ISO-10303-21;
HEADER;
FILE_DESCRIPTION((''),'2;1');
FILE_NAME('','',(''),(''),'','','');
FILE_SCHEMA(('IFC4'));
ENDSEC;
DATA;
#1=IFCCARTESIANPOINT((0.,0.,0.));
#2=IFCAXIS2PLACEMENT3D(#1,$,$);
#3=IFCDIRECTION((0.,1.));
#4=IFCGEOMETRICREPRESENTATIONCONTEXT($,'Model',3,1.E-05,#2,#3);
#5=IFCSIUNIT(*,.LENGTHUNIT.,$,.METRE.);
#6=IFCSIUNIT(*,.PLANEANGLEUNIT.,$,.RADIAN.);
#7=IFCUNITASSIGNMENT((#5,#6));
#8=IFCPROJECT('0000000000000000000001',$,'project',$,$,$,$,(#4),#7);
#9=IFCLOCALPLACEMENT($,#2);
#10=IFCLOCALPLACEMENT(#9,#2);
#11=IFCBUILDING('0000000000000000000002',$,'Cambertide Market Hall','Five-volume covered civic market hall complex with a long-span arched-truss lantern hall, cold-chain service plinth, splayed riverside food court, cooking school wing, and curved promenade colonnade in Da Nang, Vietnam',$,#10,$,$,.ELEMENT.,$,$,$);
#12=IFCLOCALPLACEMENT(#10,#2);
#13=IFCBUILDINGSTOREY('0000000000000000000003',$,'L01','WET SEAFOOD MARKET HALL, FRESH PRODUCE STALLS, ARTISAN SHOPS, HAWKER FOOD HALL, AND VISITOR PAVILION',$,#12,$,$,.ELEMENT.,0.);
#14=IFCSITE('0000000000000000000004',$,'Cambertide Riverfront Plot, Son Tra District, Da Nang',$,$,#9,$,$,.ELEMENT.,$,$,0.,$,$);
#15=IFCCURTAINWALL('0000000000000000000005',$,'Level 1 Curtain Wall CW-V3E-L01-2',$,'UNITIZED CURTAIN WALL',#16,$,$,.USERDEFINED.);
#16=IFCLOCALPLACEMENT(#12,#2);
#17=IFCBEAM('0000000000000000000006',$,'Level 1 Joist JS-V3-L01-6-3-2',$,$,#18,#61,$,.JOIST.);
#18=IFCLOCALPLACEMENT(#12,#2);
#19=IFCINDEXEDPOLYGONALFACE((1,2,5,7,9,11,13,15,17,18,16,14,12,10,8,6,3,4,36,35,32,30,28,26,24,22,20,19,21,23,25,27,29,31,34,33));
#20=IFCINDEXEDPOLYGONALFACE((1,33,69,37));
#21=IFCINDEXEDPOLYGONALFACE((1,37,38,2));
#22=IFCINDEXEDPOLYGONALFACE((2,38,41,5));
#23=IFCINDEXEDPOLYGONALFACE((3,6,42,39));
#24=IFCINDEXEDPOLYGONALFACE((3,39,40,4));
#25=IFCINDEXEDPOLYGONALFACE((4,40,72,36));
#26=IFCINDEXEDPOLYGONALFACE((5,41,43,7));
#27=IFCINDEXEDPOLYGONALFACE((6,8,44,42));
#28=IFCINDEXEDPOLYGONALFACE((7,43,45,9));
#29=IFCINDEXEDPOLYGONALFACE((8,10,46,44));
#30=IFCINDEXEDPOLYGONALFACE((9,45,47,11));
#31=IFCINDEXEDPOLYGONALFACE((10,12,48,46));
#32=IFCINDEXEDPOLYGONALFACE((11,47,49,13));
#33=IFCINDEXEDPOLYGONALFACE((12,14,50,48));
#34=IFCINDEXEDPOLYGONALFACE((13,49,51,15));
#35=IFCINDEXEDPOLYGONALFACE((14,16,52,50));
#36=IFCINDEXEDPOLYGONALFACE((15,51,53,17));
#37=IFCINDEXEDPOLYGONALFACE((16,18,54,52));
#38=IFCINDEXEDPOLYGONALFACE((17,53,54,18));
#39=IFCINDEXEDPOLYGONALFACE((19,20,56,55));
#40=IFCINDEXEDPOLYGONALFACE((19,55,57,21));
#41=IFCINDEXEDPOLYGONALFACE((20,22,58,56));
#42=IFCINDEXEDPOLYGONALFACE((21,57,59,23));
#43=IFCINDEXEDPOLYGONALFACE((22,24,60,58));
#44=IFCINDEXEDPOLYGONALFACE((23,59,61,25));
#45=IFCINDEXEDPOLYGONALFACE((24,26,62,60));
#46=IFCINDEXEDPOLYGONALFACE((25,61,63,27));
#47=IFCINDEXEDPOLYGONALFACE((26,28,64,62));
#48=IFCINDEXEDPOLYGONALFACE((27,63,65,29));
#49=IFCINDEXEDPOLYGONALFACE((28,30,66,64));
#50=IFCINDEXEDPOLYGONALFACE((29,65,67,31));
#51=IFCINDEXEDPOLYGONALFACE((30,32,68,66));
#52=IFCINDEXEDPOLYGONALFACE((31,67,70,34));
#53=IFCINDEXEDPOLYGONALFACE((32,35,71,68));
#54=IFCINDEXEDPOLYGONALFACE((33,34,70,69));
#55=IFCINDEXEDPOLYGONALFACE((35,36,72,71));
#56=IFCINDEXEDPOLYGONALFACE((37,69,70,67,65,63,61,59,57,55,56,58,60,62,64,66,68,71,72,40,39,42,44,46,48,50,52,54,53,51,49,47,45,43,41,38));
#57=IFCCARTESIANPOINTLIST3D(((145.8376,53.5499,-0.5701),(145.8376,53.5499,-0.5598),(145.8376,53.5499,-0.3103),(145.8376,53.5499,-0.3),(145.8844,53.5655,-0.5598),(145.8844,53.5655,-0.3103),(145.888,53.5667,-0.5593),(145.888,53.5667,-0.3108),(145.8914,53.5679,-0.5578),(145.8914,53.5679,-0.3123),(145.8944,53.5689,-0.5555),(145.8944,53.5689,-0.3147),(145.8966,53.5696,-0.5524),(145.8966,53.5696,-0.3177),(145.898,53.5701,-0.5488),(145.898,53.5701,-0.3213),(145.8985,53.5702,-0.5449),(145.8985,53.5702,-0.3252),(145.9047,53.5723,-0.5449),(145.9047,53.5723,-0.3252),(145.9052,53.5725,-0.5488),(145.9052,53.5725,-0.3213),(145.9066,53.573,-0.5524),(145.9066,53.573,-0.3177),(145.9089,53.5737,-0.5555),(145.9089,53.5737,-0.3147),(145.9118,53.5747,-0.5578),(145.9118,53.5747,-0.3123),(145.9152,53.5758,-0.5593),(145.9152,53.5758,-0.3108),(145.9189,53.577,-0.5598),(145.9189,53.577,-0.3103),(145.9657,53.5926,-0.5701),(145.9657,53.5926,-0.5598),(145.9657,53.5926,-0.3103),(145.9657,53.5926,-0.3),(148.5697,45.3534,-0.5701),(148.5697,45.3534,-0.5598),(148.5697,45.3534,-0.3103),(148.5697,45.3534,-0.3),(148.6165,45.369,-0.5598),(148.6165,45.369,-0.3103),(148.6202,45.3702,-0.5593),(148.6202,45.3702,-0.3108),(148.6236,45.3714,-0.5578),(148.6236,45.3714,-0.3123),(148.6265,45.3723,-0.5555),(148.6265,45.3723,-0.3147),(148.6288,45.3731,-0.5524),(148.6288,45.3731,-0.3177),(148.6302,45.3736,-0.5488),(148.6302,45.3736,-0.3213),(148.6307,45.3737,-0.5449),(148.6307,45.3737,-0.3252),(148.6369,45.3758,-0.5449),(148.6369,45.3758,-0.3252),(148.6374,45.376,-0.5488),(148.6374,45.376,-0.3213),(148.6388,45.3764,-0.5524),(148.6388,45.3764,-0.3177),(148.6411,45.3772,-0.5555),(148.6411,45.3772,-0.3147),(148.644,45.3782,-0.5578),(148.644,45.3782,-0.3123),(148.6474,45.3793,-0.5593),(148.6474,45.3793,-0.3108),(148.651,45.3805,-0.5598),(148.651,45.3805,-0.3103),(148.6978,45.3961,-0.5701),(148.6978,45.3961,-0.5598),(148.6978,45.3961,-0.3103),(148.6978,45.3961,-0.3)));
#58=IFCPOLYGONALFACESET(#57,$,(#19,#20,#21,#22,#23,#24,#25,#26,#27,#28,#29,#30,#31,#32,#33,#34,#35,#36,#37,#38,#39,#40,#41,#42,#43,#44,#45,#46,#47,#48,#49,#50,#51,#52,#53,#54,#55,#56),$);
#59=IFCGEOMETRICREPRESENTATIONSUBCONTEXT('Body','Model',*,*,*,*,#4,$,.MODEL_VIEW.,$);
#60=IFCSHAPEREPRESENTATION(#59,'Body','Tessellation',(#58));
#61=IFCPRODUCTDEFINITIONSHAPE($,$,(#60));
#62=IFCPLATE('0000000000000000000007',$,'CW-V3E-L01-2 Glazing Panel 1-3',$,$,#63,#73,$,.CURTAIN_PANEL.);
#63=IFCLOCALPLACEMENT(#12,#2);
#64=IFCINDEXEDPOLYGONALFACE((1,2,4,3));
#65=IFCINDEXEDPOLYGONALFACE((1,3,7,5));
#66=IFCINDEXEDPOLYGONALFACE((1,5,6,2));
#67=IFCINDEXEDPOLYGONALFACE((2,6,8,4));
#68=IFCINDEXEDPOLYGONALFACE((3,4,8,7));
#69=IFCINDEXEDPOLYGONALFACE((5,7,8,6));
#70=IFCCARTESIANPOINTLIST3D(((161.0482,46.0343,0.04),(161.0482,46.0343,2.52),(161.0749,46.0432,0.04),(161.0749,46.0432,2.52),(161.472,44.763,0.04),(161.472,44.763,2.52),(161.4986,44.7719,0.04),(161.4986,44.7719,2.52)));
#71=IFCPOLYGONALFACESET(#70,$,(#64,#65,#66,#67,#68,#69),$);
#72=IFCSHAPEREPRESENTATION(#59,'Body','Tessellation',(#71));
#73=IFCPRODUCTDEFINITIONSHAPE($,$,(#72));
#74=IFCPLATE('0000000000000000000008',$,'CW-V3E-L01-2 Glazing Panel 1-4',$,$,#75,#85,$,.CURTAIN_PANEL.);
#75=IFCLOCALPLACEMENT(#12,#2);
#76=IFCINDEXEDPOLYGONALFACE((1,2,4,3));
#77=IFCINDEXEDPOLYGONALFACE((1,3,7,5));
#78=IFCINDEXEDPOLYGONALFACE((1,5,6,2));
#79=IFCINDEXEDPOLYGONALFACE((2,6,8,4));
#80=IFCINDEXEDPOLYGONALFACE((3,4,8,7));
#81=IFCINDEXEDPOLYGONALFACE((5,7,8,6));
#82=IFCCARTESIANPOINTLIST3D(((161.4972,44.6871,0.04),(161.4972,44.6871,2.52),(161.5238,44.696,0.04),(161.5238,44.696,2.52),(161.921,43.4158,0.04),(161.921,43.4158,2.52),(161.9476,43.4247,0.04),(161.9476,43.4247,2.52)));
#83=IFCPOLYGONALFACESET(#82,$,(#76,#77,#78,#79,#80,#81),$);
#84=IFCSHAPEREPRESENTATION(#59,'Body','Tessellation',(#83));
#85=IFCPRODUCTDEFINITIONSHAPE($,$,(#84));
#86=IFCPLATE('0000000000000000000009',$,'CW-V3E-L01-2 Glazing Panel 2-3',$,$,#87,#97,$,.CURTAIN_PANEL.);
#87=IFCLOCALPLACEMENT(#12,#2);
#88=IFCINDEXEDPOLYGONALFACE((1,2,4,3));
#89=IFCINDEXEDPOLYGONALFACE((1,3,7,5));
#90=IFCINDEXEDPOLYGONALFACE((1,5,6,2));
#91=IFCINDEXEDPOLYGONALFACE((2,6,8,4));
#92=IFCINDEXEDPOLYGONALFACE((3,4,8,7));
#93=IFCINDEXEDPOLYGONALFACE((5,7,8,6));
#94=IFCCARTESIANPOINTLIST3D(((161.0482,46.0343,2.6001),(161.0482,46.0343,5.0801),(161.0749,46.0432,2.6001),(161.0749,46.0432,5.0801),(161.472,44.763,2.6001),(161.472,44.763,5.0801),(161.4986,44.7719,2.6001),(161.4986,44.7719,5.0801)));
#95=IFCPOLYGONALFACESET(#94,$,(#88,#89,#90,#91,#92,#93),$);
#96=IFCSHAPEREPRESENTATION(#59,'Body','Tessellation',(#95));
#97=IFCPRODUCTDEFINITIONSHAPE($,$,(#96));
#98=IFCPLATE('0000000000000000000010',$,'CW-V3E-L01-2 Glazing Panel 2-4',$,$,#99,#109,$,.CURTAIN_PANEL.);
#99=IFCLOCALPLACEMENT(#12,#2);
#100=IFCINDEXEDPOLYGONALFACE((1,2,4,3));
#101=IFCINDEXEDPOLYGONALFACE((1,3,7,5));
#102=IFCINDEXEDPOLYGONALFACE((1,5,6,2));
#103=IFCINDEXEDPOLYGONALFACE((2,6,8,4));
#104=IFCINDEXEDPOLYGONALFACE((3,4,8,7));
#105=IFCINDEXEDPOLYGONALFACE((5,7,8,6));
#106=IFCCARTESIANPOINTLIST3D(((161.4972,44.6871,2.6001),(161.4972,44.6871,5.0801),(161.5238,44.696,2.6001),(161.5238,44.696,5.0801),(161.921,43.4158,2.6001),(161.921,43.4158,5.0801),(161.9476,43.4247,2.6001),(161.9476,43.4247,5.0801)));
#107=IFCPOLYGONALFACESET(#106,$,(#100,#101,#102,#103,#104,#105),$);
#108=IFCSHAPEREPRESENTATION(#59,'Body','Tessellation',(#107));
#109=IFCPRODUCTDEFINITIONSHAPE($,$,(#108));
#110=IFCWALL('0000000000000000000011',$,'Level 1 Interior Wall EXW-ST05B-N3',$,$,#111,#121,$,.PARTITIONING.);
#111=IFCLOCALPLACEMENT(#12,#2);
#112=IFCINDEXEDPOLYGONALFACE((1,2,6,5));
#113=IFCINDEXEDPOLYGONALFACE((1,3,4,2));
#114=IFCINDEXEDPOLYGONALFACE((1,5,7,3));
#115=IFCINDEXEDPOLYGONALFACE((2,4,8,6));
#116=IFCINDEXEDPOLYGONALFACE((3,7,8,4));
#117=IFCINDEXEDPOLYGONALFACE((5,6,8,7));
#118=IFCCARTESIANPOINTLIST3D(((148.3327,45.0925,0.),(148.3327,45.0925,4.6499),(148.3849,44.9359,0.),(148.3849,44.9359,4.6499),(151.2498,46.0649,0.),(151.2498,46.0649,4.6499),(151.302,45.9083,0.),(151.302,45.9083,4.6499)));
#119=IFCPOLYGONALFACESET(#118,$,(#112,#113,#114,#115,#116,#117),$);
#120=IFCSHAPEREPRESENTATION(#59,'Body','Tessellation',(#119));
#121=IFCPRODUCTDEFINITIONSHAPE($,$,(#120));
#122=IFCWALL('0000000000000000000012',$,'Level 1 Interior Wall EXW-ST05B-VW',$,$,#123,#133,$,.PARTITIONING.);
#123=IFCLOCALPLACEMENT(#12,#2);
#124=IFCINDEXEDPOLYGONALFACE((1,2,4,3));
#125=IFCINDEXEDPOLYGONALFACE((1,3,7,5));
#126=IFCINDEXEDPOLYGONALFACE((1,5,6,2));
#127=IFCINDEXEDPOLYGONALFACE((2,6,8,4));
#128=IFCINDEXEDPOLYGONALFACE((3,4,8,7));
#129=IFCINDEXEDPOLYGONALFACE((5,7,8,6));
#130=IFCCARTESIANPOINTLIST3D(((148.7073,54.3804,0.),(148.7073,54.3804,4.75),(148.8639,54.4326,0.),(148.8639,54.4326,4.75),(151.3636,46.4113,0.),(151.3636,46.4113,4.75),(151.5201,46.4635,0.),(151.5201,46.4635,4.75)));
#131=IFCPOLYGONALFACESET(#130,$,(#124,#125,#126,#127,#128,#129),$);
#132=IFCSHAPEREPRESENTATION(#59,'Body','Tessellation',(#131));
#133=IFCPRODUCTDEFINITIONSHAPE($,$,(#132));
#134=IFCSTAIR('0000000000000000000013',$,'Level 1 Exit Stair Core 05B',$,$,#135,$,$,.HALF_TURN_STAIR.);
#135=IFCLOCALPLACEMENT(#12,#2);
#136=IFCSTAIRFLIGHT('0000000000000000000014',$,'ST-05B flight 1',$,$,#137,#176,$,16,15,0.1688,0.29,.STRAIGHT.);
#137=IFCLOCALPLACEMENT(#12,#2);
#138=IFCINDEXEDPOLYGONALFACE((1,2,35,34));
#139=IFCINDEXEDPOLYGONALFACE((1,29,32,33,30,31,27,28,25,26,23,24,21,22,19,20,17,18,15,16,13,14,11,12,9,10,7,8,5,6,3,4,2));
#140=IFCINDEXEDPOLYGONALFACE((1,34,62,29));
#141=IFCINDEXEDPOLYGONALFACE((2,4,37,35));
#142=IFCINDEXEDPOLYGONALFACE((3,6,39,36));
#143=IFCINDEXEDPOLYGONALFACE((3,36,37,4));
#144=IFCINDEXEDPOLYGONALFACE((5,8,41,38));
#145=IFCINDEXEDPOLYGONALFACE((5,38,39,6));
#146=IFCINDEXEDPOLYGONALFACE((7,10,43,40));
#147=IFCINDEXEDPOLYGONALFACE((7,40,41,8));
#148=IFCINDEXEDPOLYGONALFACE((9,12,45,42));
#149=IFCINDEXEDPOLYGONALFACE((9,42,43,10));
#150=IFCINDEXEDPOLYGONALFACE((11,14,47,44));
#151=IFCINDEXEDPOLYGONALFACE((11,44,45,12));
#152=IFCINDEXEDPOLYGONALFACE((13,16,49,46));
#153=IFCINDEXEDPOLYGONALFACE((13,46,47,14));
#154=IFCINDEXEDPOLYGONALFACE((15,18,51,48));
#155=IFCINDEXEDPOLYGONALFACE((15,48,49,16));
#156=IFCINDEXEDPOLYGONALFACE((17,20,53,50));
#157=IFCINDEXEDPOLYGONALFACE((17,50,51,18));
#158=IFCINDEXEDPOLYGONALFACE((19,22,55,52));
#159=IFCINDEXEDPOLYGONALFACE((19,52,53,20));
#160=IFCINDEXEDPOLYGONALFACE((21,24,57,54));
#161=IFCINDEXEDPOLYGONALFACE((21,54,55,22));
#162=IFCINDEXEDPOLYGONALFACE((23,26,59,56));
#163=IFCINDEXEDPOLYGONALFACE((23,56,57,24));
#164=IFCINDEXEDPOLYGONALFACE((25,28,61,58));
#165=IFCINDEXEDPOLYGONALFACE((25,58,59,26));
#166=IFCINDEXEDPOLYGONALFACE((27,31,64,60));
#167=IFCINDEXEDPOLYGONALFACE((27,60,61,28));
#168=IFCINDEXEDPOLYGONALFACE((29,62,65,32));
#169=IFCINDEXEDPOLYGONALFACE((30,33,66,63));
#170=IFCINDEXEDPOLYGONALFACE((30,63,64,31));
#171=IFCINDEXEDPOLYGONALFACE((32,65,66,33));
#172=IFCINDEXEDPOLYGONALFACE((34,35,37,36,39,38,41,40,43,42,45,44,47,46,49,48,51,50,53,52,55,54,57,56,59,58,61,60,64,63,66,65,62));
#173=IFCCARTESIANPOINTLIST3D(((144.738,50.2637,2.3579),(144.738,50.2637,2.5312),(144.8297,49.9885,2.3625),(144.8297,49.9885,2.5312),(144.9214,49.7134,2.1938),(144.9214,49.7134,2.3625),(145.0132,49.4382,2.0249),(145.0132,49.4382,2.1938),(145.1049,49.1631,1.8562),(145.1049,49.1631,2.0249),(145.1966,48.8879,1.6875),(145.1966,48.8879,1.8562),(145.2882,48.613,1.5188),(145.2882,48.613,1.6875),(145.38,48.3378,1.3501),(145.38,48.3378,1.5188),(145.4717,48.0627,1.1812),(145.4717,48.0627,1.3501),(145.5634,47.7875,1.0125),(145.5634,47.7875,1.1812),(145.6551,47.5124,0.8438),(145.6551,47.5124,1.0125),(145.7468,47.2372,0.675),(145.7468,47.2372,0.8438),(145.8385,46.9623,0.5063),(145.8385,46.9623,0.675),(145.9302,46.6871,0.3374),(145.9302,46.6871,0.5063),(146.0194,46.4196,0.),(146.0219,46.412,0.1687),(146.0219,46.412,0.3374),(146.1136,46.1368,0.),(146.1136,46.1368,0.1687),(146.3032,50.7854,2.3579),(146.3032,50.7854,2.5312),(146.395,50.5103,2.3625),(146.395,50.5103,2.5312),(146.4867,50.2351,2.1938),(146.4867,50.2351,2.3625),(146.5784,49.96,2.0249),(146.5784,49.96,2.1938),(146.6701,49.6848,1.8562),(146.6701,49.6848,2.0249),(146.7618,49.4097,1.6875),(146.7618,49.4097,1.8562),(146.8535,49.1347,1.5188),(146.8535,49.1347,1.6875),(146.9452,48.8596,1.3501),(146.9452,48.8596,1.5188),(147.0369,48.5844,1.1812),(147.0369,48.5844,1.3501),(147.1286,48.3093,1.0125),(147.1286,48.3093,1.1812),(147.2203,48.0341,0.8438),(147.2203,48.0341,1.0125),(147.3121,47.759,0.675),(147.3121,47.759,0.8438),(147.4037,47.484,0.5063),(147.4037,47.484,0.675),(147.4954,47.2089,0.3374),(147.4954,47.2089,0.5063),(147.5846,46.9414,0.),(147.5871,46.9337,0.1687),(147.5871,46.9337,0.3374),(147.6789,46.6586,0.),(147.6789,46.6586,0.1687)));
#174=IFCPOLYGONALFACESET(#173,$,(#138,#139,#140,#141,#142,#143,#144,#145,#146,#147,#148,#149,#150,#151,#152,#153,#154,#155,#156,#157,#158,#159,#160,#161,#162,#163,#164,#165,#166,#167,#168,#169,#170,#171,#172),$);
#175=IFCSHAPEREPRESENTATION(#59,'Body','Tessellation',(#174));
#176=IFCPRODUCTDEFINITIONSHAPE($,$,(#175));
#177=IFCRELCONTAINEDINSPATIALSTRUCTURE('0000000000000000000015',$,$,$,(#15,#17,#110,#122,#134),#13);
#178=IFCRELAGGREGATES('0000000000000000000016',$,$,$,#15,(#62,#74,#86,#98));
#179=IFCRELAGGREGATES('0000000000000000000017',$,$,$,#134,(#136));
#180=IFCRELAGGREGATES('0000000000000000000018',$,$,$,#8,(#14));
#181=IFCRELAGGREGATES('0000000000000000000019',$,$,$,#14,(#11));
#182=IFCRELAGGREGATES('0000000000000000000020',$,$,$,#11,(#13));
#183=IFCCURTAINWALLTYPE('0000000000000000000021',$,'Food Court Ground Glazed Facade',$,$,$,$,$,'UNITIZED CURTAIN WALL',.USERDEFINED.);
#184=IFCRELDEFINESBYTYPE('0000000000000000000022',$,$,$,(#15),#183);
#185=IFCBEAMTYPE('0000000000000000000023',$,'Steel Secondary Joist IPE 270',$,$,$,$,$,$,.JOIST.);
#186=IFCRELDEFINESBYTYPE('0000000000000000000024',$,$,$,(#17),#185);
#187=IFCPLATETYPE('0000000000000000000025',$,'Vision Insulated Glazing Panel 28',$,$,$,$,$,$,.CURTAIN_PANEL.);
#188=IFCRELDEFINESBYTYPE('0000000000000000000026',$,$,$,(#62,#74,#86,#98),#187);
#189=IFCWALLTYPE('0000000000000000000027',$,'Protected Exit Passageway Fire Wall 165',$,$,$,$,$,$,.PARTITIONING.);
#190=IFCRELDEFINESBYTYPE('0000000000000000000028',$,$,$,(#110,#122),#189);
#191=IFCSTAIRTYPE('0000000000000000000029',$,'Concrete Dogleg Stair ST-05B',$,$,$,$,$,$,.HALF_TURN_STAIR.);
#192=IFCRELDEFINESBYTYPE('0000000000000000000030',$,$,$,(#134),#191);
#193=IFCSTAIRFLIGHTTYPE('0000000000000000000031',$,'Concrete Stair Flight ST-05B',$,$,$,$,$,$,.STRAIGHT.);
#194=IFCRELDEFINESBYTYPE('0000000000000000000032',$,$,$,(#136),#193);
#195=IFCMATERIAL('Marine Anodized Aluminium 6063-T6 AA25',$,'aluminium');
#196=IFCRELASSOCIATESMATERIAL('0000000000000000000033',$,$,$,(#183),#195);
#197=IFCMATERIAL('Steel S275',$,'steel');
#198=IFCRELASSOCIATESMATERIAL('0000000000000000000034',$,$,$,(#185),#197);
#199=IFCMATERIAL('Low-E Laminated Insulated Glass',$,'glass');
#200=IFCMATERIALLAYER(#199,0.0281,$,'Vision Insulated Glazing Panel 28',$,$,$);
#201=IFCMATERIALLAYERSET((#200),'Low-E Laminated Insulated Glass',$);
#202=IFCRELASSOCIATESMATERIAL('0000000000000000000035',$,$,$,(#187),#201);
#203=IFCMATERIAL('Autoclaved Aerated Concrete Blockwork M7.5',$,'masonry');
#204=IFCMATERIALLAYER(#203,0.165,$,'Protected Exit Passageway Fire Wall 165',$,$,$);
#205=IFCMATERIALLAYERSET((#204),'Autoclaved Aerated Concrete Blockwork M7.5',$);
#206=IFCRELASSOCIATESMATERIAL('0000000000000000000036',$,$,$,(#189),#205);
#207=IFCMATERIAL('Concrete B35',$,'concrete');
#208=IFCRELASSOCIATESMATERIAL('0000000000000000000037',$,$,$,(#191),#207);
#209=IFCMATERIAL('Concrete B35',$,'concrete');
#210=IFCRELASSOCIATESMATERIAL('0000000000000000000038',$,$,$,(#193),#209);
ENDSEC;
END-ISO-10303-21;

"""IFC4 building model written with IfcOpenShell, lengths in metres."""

from ifc_helpers import new_model, si_unit, direction, frame, frame_2d, origin, origin_2d, place, context, subcontext, project, spatial, polyline, rectangle, i_section, outline, extrude, material, layer, layer_set, material_profile, profile_set, type_object, element, aggregate, save


model = new_model("IFC4")

# Units and contexts
model_context = context("Model", 3, precision=1e-05, world=origin(), true_north=direction((0.0, 1.0)))
body_context = subcontext(model_context, "Body", "Model", "MODEL_VIEW")
ifc_project = project(units=[si_unit("LENGTHUNIT", "METRE"), si_unit("PLANEANGLEUNIT", "RADIAN")], contexts=[model_context])

# Site, building, storey
site_placement = place(None, origin())
site = spatial("IfcSite", under=ifc_project, at=site_placement, Name="Cambertide Riverfront Plot, Son Tra District, Da Nang", CompositionType="ELEMENT", RefElevation=0.0)
building_placement = place(site_placement, origin())
building = spatial("IfcBuilding", under=site, at=building_placement, Name="Cambertide Market Hall", Description="Five-volume covered civic market hall complex with a long-span arched-truss lantern hall, cold-chain service plinth, splayed riverside food court, cooking school wing, and curved promenade colonnade in Da Nang, Vietnam", CompositionType="ELEMENT")
storey_placement = place(building_placement, origin())
storey = spatial("IfcBuildingStorey", under=building, at=storey_placement, Name="L01", Description="WET SEAFOOD MARKET HALL, FRESH PRODUCE STALLS, ARTISAN SHOPS, HAWKER FOOD HALL, AND VISITOR PAVILION", CompositionType="ELEMENT", Elevation=0.0)

# Curtain wall
ifc_material_1 = material(Name="Marine Anodized Aluminium 6063-T6 AA25", Category="aluminium")
curtain_wall_type = type_object("IfcCurtainWallType", Name="Food Court Ground Glazed Facade", ElementType="UNITIZED CURTAIN WALL", PredefinedType="USERDEFINED", material=ifc_material_1)
curtain_wall_placement = place(storey_placement, origin())
curtain_wall = element("IfcCurtainWall", 1, at=curtain_wall_placement, inside=storey, type_object=curtain_wall_type, Name="Level 1 Curtain Wall CW-V3E-L01-2", ObjectType="UNITIZED CURTAIN WALL", PredefinedType="USERDEFINED")

# Beam
ifc_material_2 = material(Name="Steel S275", Category="steel")
ifc_material_profile_1 = material_profile(ifc_material_2, i_section(OverallWidth=0.135, OverallDepth=0.27, WebThickness=0.0066, FlangeThickness=0.0103, FilletRadius=0.0149, at=origin_2d()), Name="IPE 270")
ifc_profile_set_1 = profile_set([ifc_material_profile_1], Name="Steel S275")
beam_type_1 = type_object("IfcBeamType", Name="Steel Secondary Joist IPE 270", PredefinedType="JOIST", material=ifc_profile_set_1)
beam_1_placement = place(storey_placement, frame((148.6338, 45.3748, -0.4351), z_axis=(-0.316228, 0.948683, 0.0), x_axis=(-0.948683, -0.316228, 0.0)))
element("IfcBeam", 2, at=beam_1_placement, inside=storey, type_object=beam_type_1, Name="Level 1 Joist JS-V3-L01-6-3-2", PredefinedType="JOIST", context=body_context, shape_type="SweptSolid", body=[
    extrude(i_section(OverallWidth=0.135, OverallDepth=0.27, WebThickness=0.0066, FlangeThickness=0.0103, FilletRadius=0.0149, at=origin_2d()), origin(), (0.0, 0.0, 1.0), 8.6399),
])

# Plates
ifc_material_3 = material(Name="Low-E Laminated Insulated Glass", Category="glass")
ifc_layer_1 = layer(ifc_material_3, 0.0281, Name="Vision Insulated Glazing Panel 28")
ifc_layer_set_1 = layer_set([ifc_layer_1], Name="Low-E Laminated Insulated Glass")
plate_type = type_object("IfcPlateType", Name="Vision Insulated Glazing Panel 28", PredefinedType="CURTAIN_PANEL", material=ifc_layer_set_1)
plate_1_placement = place(storey_placement, frame((161.2734, 45.4031, 0.04), z_axis=(0.0, 0.0, 1.0), x_axis=(0.316228, -0.948683, 0.0)))
plate_1 = element("IfcPlate", 3, at=plate_1_placement, type_object=plate_type, Name="CW-V3E-L01-2 Glazing Panel 1-3", PredefinedType="CURTAIN_PANEL", context=body_context, shape_type="SweptSolid", body=[
    extrude(rectangle(XDim=1.3401, YDim=0.0281, at=origin_2d()), origin(), (0.0, 0.0, 1.0), 2.48),
])
plate_2_placement = place(storey_placement, frame((161.7224, 44.0559, 0.04), z_axis=(0.0, 0.0, 1.0), x_axis=(0.316228, -0.948683, 0.0)))
plate_2 = element("IfcPlate", 4, at=plate_2_placement, type_object=plate_type, Name="CW-V3E-L01-2 Glazing Panel 1-4", PredefinedType="CURTAIN_PANEL", context=body_context, shape_type="SweptSolid", body=[
    extrude(rectangle(XDim=1.3401, YDim=0.0281, at=origin_2d()), origin(), (0.0, 0.0, 1.0), 2.48),
])
plate_3_placement = place(storey_placement, frame((161.2734, 45.4031, 2.6001), z_axis=(0.0, 0.0, 1.0), x_axis=(0.316228, -0.948683, 0.0)))
plate_3 = element("IfcPlate", 5, at=plate_3_placement, type_object=plate_type, Name="CW-V3E-L01-2 Glazing Panel 2-3", PredefinedType="CURTAIN_PANEL", context=body_context, shape_type="SweptSolid", body=[
    extrude(rectangle(XDim=1.3401, YDim=0.0281, at=origin_2d()), origin(), (0.0, 0.0, 1.0), 2.48),
])
plate_4_placement = place(storey_placement, frame((161.7224, 44.0559, 2.6001), z_axis=(0.0, 0.0, 1.0), x_axis=(0.316228, -0.948683, 0.0)))
plate_4 = element("IfcPlate", 6, at=plate_4_placement, type_object=plate_type, Name="CW-V3E-L01-2 Glazing Panel 2-4", PredefinedType="CURTAIN_PANEL", context=body_context, shape_type="SweptSolid", body=[
    extrude(rectangle(XDim=1.3401, YDim=0.0281, at=origin_2d()), origin(), (0.0, 0.0, 1.0), 2.48),
])
aggregate(curtain_wall, [plate_1, plate_2, plate_3, plate_4])

# Walls
ifc_material_4 = material(Name="Autoclaved Aerated Concrete Blockwork M7.5", Category="masonry")
ifc_layer_2 = layer(ifc_material_4, 0.165, Name="Protected Exit Passageway Fire Wall 165")
ifc_layer_set_2 = layer_set([ifc_layer_2], Name="Autoclaved Aerated Concrete Blockwork M7.5")
wall_type_1 = type_object("IfcWallType", Name="Protected Exit Passageway Fire Wall 165", PredefinedType="PARTITIONING", material=ifc_layer_set_2)
wall_1_placement = place(storey_placement, frame((148.3586, 45.0142, 0.0), z_axis=(0.0, 0.0, 1.0), x_axis=(0.948683, 0.316228, 0.0)))
element("IfcWall", 7, at=wall_1_placement, inside=storey, type_object=wall_type_1, Name="Level 1 Interior Wall EXW-ST05B-N3", PredefinedType="PARTITIONING", context=body_context, shape_type="SweptSolid", body=[
    extrude(rectangle(XDim=3.075, YDim=0.165, at=frame_2d((1.5376, 0.0))), origin(), (0.0, 0.0, 1.0), 4.6499),
])
wall_2_placement = place(storey_placement, frame((151.4419, 46.4373, 0.0), z_axis=(0.0, 0.0, 1.0), x_axis=(-0.316219, 0.948686, 0.0)))
element("IfcWall", 8, at=wall_2_placement, inside=storey, type_object=wall_type_1, Name="Level 1 Interior Wall EXW-ST05B-VW", PredefinedType="PARTITIONING", context=body_context, shape_type="SweptSolid", body=[
    extrude(rectangle(XDim=8.4001, YDim=0.165, at=frame_2d((4.2002, 0.0))), origin(), (0.0, 0.0, 1.0), 4.75),
])

# Stair, stair flight
ifc_material_5 = material(Name="Concrete B35", Category="concrete")
stair_type = type_object("IfcStairType", Name="Concrete Dogleg Stair ST-05B", PredefinedType="HALF_TURN_STAIR", material=ifc_material_5)
stair_placement = place(storey_placement, origin())
stair = element("IfcStair", 9, at=stair_placement, inside=storey, type_object=stair_type, Name="Level 1 Exit Stair Core 05B", PredefinedType="HALF_TURN_STAIR")
ifc_material_6 = material(Name="Concrete B35", Category="concrete")
stair_flight_type = type_object("IfcStairFlightType", Name="Concrete Stair Flight ST-05B", PredefinedType="STRAIGHT", material=ifc_material_6)
stair_flight_placement = place(storey_placement, frame((146.8962, 46.3977, 0.0), z_axis=(0.0, 0.0, 1.0), x_axis=(-0.316228, 0.948683, 0.0)))
stair_flight = element("IfcStairFlight", 10, at=stair_flight_placement, type_object=stair_flight_type, Name="ST-05B flight 1", NumberOfRisers=16, NumberOfTreads=15, PredefinedType="STRAIGHT", RiserHeight=0.1688, TreadLength=0.29, context=body_context, shape_type="SweptSolid", body=[
    extrude(outline(polyline([(0.0, 0.0), (0.0, 0.1687), (0.29, 0.1687), (0.29, 0.3374), (0.5801, 0.3374), (0.5801, 0.5063), (0.8701, 0.5063), (0.8701, 0.675), (1.1599, 0.675), (1.1599, 0.8438), (1.45, 0.8438), (1.45, 1.0125), (1.74, 1.0125), (1.74, 1.1812), (2.03, 1.1812), (2.03, 1.3501), (2.3201, 1.3501), (2.3201, 1.5188), (2.6101, 1.5188), (2.6101, 1.6875), (2.8999, 1.6875), (2.8999, 1.8562), (3.1899, 1.8562), (3.1899, 2.0249), (3.48, 2.0249), (3.48, 2.1938), (3.77, 2.1938), (3.77, 2.3625), (4.0601, 2.3625), (4.0601, 2.5312), (4.3501, 2.5312), (4.3501, 2.7), (4.3501, 2.3579), (0.2981, 0.0), (0.0, 0.0)])), frame((0.0, 0.825, 0.0), z_axis=(0.0, -1.0, 0.0), x_axis=(1.0, 0.0, 0.0)), (0.0, 0.0, 1.0), 1.6499),
])
aggregate(stair, [stair_flight])

save(model, "model.ifc")
